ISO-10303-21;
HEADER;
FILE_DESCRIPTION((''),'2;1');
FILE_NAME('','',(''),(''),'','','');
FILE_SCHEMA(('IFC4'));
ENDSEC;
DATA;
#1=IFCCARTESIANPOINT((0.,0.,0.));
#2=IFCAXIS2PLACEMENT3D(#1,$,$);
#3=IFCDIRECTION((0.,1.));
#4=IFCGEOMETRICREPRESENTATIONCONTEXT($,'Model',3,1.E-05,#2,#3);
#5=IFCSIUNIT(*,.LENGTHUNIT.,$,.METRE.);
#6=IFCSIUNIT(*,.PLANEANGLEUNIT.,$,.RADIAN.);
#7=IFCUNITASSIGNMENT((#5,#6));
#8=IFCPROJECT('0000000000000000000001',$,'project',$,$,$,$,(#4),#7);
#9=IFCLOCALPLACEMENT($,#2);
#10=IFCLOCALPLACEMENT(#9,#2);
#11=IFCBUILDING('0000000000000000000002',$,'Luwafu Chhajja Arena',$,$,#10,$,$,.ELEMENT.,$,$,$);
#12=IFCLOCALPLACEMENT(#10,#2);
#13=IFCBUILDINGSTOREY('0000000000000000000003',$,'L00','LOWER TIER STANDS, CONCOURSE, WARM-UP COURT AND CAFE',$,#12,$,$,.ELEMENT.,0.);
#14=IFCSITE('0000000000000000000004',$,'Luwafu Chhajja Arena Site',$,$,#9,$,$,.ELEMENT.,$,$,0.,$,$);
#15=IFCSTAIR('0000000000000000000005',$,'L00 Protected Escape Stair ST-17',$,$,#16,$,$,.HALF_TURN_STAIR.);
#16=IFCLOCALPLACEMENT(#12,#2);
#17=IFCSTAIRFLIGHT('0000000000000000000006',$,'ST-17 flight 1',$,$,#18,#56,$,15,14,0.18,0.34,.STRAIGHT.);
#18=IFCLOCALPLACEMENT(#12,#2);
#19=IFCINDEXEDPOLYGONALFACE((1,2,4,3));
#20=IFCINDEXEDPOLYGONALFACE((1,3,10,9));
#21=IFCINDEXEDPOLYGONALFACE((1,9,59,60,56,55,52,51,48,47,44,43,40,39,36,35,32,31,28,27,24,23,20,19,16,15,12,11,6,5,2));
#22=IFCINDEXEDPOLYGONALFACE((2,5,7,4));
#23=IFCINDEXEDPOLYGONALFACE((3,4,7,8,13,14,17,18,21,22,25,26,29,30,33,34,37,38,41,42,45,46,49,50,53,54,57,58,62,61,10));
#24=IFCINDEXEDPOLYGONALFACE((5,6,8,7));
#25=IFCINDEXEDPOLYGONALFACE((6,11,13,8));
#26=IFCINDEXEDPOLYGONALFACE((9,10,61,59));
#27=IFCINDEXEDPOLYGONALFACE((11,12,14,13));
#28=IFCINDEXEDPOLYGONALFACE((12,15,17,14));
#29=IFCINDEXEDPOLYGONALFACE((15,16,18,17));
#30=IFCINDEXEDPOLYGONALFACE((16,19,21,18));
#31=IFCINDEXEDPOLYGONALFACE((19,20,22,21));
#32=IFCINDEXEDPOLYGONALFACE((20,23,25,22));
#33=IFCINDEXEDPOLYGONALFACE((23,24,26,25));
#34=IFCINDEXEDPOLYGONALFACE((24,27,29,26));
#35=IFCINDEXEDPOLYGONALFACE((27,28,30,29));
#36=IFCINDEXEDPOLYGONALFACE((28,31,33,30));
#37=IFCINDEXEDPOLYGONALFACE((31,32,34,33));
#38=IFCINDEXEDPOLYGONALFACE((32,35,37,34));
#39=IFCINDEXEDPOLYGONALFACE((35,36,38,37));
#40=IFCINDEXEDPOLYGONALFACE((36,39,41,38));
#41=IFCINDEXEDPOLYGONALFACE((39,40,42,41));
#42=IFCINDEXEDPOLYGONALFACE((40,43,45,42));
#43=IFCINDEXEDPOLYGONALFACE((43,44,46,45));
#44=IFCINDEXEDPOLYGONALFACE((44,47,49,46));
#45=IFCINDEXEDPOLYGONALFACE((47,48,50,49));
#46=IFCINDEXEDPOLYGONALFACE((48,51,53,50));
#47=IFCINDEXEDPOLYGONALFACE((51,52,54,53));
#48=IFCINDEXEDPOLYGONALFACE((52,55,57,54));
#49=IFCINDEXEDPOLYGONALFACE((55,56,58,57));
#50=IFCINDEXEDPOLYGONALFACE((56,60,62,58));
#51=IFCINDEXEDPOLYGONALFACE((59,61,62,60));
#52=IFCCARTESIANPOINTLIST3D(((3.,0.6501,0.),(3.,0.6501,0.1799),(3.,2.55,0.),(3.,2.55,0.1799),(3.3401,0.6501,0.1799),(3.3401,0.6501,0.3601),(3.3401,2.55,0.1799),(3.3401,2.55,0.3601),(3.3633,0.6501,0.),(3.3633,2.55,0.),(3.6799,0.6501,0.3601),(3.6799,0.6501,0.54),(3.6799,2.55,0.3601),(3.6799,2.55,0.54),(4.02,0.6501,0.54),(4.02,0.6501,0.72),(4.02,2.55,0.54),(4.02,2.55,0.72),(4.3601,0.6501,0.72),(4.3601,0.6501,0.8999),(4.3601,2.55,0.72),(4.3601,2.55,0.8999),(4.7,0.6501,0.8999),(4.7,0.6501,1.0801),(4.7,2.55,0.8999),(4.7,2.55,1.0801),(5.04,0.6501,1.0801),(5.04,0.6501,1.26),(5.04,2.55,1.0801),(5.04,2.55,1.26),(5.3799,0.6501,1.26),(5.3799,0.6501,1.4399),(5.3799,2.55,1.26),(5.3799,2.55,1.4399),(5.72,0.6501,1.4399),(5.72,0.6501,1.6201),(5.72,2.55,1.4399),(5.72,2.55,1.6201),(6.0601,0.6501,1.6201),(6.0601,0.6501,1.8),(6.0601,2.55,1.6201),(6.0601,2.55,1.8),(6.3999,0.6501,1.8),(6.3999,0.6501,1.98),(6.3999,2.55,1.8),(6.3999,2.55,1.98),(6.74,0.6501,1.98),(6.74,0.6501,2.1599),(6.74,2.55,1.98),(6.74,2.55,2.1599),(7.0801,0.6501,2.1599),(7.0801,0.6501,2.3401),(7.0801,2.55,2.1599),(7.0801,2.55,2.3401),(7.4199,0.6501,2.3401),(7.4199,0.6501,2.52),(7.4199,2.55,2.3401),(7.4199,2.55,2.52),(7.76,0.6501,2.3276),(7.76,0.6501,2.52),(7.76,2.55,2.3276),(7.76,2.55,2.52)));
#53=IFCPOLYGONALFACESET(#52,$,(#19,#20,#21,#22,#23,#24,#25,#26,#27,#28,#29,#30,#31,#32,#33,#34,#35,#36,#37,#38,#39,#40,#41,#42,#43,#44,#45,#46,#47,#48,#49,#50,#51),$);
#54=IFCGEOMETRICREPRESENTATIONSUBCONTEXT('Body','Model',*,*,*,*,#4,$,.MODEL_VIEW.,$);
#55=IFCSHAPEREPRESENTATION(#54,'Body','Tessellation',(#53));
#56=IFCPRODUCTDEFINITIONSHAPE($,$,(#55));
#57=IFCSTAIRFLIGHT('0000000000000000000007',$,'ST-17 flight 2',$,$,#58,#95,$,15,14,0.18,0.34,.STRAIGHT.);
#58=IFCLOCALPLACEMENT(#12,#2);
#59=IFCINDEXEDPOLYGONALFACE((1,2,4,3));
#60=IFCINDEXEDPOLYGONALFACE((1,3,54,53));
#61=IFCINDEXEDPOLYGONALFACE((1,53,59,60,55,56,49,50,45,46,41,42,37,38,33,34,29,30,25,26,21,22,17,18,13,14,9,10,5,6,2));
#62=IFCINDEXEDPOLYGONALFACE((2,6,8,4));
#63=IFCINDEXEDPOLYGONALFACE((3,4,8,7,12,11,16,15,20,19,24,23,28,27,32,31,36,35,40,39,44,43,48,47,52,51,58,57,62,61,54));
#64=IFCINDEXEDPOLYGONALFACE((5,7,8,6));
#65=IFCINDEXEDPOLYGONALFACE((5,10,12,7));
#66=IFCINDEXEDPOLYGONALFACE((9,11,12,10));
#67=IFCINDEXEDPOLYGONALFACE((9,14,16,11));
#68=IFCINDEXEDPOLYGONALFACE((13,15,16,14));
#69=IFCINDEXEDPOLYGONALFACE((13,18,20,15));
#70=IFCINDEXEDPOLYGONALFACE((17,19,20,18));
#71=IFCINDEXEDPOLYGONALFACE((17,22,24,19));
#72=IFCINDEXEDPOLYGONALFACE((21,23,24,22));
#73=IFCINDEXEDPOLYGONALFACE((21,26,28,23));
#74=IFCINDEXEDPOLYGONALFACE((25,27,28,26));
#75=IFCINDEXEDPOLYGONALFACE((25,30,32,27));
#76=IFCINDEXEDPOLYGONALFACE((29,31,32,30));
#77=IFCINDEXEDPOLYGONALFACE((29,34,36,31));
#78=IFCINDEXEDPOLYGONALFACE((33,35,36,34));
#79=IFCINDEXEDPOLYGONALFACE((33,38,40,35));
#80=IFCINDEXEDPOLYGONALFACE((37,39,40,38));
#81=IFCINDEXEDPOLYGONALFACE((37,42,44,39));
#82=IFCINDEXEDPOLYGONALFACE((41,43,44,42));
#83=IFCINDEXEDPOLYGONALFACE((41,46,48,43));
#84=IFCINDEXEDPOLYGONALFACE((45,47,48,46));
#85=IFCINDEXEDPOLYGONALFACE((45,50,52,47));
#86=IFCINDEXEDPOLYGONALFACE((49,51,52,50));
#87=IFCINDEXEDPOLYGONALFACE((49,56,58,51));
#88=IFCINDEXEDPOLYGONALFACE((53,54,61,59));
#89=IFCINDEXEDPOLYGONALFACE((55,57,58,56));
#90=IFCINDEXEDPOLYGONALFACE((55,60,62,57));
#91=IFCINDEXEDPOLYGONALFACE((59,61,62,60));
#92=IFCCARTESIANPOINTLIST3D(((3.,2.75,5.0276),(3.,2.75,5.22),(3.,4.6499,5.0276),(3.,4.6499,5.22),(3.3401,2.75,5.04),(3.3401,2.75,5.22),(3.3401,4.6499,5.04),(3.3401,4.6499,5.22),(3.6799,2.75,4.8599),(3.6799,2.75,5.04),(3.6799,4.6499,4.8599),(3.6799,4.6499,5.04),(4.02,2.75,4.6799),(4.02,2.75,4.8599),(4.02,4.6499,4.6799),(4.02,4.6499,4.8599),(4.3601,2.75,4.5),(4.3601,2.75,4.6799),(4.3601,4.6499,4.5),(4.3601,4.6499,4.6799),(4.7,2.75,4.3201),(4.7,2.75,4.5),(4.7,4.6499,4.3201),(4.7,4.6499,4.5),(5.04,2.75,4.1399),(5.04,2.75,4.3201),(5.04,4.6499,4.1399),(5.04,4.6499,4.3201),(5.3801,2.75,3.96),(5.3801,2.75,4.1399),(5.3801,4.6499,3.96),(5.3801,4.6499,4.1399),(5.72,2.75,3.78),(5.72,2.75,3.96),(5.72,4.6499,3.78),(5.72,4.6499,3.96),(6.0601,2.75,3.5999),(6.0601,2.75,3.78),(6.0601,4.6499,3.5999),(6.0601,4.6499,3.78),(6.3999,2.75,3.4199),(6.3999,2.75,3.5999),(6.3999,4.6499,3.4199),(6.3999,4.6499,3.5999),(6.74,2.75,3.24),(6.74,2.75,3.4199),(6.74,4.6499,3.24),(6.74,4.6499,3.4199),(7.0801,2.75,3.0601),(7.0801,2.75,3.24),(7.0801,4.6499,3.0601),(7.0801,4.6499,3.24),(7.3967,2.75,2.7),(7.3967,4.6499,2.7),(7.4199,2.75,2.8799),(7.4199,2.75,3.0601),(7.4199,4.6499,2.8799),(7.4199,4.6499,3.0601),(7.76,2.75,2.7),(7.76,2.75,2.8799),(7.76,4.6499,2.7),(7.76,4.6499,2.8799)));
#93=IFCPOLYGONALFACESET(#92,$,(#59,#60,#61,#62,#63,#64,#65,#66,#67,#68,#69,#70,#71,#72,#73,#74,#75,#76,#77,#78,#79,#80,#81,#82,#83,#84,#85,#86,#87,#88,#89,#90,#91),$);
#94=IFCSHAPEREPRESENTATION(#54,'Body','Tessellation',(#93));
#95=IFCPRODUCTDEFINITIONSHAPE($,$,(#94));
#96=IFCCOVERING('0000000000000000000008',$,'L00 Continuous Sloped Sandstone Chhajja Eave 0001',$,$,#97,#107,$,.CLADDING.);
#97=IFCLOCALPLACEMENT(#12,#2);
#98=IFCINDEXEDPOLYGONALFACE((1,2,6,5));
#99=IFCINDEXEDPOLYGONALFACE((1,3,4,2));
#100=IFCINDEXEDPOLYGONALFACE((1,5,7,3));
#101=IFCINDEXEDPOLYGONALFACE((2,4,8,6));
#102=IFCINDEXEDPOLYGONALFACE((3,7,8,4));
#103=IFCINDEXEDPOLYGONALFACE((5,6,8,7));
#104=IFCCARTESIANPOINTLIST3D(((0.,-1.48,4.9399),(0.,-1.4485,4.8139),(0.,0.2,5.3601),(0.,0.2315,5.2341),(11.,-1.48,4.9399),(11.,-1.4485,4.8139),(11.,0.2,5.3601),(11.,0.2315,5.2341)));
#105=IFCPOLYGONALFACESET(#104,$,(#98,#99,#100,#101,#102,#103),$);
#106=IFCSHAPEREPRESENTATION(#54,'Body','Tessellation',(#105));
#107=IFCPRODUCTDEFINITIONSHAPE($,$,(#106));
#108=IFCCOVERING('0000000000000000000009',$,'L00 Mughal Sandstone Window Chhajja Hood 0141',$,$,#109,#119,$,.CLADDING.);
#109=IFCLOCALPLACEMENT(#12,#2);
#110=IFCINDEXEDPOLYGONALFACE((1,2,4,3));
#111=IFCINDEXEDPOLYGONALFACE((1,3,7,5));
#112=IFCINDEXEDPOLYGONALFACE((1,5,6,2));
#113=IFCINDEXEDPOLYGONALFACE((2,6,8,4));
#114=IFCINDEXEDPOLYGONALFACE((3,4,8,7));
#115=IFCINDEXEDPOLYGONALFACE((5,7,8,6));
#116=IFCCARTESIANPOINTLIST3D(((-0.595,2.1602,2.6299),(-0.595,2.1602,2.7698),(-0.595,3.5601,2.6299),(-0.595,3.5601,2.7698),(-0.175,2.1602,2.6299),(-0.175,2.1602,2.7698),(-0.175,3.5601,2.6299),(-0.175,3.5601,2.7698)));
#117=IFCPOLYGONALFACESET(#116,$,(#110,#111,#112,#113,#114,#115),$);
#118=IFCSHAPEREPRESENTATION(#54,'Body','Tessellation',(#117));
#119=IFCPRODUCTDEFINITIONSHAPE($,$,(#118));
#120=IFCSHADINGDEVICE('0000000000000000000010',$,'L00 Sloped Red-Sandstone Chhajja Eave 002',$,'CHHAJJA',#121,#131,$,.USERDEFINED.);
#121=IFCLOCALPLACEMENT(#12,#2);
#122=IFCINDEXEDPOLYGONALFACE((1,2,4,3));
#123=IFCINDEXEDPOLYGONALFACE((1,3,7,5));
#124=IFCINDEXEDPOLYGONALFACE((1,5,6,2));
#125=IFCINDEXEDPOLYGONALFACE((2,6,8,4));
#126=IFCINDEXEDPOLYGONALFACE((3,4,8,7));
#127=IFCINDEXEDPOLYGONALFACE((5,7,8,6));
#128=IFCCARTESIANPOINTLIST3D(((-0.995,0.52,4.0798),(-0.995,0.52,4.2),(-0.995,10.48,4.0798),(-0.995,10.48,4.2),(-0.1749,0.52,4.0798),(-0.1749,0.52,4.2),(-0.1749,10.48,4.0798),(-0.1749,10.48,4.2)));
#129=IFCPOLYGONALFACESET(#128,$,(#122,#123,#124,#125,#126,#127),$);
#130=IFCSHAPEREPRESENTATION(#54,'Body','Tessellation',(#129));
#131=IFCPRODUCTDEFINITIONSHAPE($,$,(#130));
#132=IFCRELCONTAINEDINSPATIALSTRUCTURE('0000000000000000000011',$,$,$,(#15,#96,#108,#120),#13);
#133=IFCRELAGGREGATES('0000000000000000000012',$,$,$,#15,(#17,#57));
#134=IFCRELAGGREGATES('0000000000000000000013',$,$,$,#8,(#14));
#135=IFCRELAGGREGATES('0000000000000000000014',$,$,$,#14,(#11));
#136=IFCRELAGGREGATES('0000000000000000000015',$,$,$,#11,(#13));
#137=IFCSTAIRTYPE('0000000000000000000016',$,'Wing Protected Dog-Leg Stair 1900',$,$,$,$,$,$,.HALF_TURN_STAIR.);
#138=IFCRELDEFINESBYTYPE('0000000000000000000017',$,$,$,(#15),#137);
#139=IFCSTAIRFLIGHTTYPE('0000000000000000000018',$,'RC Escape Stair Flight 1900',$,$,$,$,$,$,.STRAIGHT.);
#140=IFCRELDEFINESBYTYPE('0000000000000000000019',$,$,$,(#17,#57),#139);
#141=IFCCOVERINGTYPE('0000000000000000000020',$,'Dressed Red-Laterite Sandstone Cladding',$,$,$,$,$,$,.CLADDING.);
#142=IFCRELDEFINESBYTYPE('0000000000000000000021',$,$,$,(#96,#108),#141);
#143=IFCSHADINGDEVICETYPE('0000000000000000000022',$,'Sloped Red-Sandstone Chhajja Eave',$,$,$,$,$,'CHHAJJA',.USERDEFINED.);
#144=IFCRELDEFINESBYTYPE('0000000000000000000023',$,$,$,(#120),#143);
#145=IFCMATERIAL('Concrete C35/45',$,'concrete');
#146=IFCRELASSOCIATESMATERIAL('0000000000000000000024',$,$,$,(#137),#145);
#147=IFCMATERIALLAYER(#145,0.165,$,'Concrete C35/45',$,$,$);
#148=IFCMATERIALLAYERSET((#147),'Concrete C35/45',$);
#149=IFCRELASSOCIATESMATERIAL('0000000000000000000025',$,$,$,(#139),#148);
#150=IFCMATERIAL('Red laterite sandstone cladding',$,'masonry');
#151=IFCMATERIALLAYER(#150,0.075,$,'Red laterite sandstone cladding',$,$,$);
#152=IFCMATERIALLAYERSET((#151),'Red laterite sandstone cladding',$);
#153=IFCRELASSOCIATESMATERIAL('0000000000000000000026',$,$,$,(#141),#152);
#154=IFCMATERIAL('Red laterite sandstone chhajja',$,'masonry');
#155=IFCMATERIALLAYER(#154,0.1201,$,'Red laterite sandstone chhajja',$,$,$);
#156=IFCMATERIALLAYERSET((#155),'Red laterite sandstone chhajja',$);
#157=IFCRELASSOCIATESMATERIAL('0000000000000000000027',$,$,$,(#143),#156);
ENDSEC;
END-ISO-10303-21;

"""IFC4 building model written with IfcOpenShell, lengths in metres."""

from ifc_helpers import new_model, si_unit, direction, frame, origin, origin_2d, place, context, subcontext, project, spatial, polyline, rectangle, outline, extrude, material, layer, layer_set, type_object, element, aggregate, save


model = new_model("IFC4")

# Units and contexts
model_context = context("Model", 3, precision=1e-05, world=origin(), true_north=direction((0.0, 1.0)))
body_context = subcontext(model_context, "Body", "Model", "MODEL_VIEW")
ifc_project = project(units=[si_unit("LENGTHUNIT", "METRE"), si_unit("PLANEANGLEUNIT", "RADIAN")], contexts=[model_context])

# Site, building, storey
site_placement = place(None, origin())
site = spatial("IfcSite", under=ifc_project, at=site_placement, Name="Luwafu Chhajja Arena Site", CompositionType="ELEMENT", RefElevation=0.0)
building_placement = place(site_placement, origin())
building = spatial("IfcBuilding", under=site, at=building_placement, Name="Luwafu Chhajja Arena", CompositionType="ELEMENT")
storey_placement = place(building_placement, origin())
storey = spatial("IfcBuildingStorey", under=building, at=storey_placement, Name="L00", Description="LOWER TIER STANDS, CONCOURSE, WARM-UP COURT AND CAFE", CompositionType="ELEMENT", Elevation=0.0)

# Shared definitions
ifc_material_1 = material(Name="Concrete C35/45", Category="concrete")

# Stair, stair flights
stair_type = type_object("IfcStairType", Name="Wing Protected Dog-Leg Stair 1900", PredefinedType="HALF_TURN_STAIR", material=ifc_material_1)
stair_placement = place(storey_placement, origin())
stair = element("IfcStair", 1, at=stair_placement, inside=storey, type_object=stair_type, Name="L00 Protected Escape Stair ST-17", PredefinedType="HALF_TURN_STAIR")
ifc_layer_1 = layer(ifc_material_1, 0.165, Name="Concrete C35/45")
ifc_layer_set_1 = layer_set([ifc_layer_1], Name="Concrete C35/45")
stair_flight_type = type_object("IfcStairFlightType", Name="RC Escape Stair Flight 1900", PredefinedType="STRAIGHT", material=ifc_layer_set_1)
stair_flight_1_placement = place(storey_placement, frame((3.0, 1.6001, 0.0), z_axis=(0.0, 0.0, 1.0), x_axis=(1.0, 0.0, 0.0)))
stair_flight_1 = element("IfcStairFlight", 2, at=stair_flight_1_placement, type_object=stair_flight_type, Name="ST-17 flight 1", NumberOfRisers=15, NumberOfTreads=14, PredefinedType="STRAIGHT", RiserHeight=0.18, TreadLength=0.34, context=body_context, shape_type="SweptSolid", body=[
    extrude(outline(polyline([(0.0, 0.0), (0.0, 0.1799), (0.3401, 0.1799), (0.3401, 0.3601), (0.6799, 0.3601), (0.6799, 0.54), (1.02, 0.54), (1.02, 0.72), (1.3601, 0.72), (1.3601, 0.8999), (1.7, 0.8999), (1.7, 1.0801), (2.04, 1.0801), (2.04, 1.26), (2.3799, 1.26), (2.3799, 1.4399), (2.72, 1.4399), (2.72, 1.6201), (3.0601, 1.6201), (3.0601, 1.8), (3.3999, 1.8), (3.3999, 1.98), (3.74, 1.98), (3.74, 2.1599), (4.0801, 2.1599), (4.0801, 2.3401), (4.4199, 2.3401), (4.4199, 2.52), (4.76, 2.52), (4.76, 2.7), (4.76, 2.3276), (0.3633, 0.0), (0.0, 0.0)])), frame((0.0, 0.95, 0.0), z_axis=(0.0, -1.0, 0.0), x_axis=(1.0, 0.0, 0.0)), (0.0, 0.0, 1.0), 1.8999),
])
stair_flight_2_placement = place(storey_placement, frame((7.76, 3.7, 2.7), z_axis=(0.0, 0.0, 1.0), x_axis=(-1.0, 0.0, 0.0)))
stair_flight_2 = element("IfcStairFlight", 3, at=stair_flight_2_placement, type_object=stair_flight_type, Name="ST-17 flight 2", NumberOfRisers=15, NumberOfTreads=14, PredefinedType="STRAIGHT", RiserHeight=0.18, TreadLength=0.34, context=body_context, shape_type="SweptSolid", body=[
    extrude(outline(polyline([(0.0, 0.0), (0.0, 0.1799), (0.3401, 0.1799), (0.3401, 0.3601), (0.6799, 0.3601), (0.6799, 0.54), (1.02, 0.54), (1.02, 0.72), (1.3601, 0.72), (1.3601, 0.8999), (1.7, 0.8999), (1.7, 1.0801), (2.04, 1.0801), (2.04, 1.26), (2.3799, 1.26), (2.3799, 1.4399), (2.72, 1.4399), (2.72, 1.6201), (3.0601, 1.6201), (3.0601, 1.8), (3.3999, 1.8), (3.3999, 1.98), (3.74, 1.98), (3.74, 2.1599), (4.0801, 2.1599), (4.0801, 2.3401), (4.4199, 2.3401), (4.4199, 2.52), (4.76, 2.52), (4.76, 2.7), (4.76, 2.3276), (0.3633, 0.0), (0.0, 0.0)])), frame((0.0, 0.95, 0.0), z_axis=(0.0, -1.0, 0.0), x_axis=(1.0, 0.0, 0.0)), (0.0, 0.0, 1.0), 1.8999),
])
aggregate(stair, [stair_flight_1, stair_flight_2])

# Coverings
ifc_material_2 = material(Name="Red laterite sandstone cladding", Category="masonry")
ifc_layer_2 = layer(ifc_material_2, 0.075, Name="Red laterite sandstone cladding")
ifc_layer_set_2 = layer_set([ifc_layer_2], Name="Red laterite sandstone cladding")
covering_type = type_object("IfcCoveringType", Name="Dressed Red-Laterite Sandstone Cladding", PredefinedType="CLADDING", material=ifc_layer_set_2)
covering_1_placement = place(storey_placement, frame((0.0, 0.2, 5.3601), z_axis=(0.0, -0.242635, 0.970118), x_axis=(1.0, 0.0, 0.0)))
element("IfcCovering", 4, at=covering_1_placement, inside=storey, type_object=covering_type, Name="L00 Continuous Sloped Sandstone Chhajja Eave 0001", PredefinedType="CLADDING", context=body_context, shape_type="SweptSolid", body=[
    extrude(outline(polyline([(0.0, 0.0), (11.0, 0.0), (11.0, -1.7317), (0.0, -1.7317), (0.0, 0.0)])), origin(), (0.0, 0.0, -1.0), 0.1299),
])
covering_2_placement = place(storey_placement, frame((-0.385, 2.8601, 2.6299), z_axis=(0.0, 0.0, 1.0), x_axis=(0.0, 1.0, 0.0)))
element("IfcCovering", 5, at=covering_2_placement, inside=storey, type_object=covering_type, Name="L00 Mughal Sandstone Window Chhajja Hood 0141", PredefinedType="CLADDING", context=body_context, shape_type="SweptSolid", body=[
    extrude(rectangle(XDim=1.3999, YDim=0.4199, at=origin_2d()), origin(), (0.0, 0.0, 1.0), 0.1399),
])

# Shading device
ifc_material_3 = material(Name="Red laterite sandstone chhajja", Category="masonry")
ifc_layer_3 = layer(ifc_material_3, 0.1201, Name="Red laterite sandstone chhajja")
ifc_layer_set_3 = layer_set([ifc_layer_3], Name="Red laterite sandstone chhajja")
shading_device_type = type_object("IfcShadingDeviceType", Name="Sloped Red-Sandstone Chhajja Eave", ElementType="CHHAJJA", PredefinedType="USERDEFINED", material=ifc_layer_set_3)
shading_device_placement = place(storey_placement, frame((-0.585, 5.5, 4.0798), z_axis=(0.0, 0.0, 1.0), x_axis=(0.0, 1.0, 0.0)))
element("IfcShadingDevice", 6, at=shading_device_placement, inside=storey, type_object=shading_device_type, Name="L00 Sloped Red-Sandstone Chhajja Eave 002", ObjectType="CHHAJJA", PredefinedType="USERDEFINED", context=body_context, shape_type="SweptSolid", body=[
    extrude(rectangle(XDim=9.96, YDim=0.8201, at=origin_2d()), origin(), (0.0, 0.0, 1.0), 0.1201),
])

save(model, "model.ifc")
